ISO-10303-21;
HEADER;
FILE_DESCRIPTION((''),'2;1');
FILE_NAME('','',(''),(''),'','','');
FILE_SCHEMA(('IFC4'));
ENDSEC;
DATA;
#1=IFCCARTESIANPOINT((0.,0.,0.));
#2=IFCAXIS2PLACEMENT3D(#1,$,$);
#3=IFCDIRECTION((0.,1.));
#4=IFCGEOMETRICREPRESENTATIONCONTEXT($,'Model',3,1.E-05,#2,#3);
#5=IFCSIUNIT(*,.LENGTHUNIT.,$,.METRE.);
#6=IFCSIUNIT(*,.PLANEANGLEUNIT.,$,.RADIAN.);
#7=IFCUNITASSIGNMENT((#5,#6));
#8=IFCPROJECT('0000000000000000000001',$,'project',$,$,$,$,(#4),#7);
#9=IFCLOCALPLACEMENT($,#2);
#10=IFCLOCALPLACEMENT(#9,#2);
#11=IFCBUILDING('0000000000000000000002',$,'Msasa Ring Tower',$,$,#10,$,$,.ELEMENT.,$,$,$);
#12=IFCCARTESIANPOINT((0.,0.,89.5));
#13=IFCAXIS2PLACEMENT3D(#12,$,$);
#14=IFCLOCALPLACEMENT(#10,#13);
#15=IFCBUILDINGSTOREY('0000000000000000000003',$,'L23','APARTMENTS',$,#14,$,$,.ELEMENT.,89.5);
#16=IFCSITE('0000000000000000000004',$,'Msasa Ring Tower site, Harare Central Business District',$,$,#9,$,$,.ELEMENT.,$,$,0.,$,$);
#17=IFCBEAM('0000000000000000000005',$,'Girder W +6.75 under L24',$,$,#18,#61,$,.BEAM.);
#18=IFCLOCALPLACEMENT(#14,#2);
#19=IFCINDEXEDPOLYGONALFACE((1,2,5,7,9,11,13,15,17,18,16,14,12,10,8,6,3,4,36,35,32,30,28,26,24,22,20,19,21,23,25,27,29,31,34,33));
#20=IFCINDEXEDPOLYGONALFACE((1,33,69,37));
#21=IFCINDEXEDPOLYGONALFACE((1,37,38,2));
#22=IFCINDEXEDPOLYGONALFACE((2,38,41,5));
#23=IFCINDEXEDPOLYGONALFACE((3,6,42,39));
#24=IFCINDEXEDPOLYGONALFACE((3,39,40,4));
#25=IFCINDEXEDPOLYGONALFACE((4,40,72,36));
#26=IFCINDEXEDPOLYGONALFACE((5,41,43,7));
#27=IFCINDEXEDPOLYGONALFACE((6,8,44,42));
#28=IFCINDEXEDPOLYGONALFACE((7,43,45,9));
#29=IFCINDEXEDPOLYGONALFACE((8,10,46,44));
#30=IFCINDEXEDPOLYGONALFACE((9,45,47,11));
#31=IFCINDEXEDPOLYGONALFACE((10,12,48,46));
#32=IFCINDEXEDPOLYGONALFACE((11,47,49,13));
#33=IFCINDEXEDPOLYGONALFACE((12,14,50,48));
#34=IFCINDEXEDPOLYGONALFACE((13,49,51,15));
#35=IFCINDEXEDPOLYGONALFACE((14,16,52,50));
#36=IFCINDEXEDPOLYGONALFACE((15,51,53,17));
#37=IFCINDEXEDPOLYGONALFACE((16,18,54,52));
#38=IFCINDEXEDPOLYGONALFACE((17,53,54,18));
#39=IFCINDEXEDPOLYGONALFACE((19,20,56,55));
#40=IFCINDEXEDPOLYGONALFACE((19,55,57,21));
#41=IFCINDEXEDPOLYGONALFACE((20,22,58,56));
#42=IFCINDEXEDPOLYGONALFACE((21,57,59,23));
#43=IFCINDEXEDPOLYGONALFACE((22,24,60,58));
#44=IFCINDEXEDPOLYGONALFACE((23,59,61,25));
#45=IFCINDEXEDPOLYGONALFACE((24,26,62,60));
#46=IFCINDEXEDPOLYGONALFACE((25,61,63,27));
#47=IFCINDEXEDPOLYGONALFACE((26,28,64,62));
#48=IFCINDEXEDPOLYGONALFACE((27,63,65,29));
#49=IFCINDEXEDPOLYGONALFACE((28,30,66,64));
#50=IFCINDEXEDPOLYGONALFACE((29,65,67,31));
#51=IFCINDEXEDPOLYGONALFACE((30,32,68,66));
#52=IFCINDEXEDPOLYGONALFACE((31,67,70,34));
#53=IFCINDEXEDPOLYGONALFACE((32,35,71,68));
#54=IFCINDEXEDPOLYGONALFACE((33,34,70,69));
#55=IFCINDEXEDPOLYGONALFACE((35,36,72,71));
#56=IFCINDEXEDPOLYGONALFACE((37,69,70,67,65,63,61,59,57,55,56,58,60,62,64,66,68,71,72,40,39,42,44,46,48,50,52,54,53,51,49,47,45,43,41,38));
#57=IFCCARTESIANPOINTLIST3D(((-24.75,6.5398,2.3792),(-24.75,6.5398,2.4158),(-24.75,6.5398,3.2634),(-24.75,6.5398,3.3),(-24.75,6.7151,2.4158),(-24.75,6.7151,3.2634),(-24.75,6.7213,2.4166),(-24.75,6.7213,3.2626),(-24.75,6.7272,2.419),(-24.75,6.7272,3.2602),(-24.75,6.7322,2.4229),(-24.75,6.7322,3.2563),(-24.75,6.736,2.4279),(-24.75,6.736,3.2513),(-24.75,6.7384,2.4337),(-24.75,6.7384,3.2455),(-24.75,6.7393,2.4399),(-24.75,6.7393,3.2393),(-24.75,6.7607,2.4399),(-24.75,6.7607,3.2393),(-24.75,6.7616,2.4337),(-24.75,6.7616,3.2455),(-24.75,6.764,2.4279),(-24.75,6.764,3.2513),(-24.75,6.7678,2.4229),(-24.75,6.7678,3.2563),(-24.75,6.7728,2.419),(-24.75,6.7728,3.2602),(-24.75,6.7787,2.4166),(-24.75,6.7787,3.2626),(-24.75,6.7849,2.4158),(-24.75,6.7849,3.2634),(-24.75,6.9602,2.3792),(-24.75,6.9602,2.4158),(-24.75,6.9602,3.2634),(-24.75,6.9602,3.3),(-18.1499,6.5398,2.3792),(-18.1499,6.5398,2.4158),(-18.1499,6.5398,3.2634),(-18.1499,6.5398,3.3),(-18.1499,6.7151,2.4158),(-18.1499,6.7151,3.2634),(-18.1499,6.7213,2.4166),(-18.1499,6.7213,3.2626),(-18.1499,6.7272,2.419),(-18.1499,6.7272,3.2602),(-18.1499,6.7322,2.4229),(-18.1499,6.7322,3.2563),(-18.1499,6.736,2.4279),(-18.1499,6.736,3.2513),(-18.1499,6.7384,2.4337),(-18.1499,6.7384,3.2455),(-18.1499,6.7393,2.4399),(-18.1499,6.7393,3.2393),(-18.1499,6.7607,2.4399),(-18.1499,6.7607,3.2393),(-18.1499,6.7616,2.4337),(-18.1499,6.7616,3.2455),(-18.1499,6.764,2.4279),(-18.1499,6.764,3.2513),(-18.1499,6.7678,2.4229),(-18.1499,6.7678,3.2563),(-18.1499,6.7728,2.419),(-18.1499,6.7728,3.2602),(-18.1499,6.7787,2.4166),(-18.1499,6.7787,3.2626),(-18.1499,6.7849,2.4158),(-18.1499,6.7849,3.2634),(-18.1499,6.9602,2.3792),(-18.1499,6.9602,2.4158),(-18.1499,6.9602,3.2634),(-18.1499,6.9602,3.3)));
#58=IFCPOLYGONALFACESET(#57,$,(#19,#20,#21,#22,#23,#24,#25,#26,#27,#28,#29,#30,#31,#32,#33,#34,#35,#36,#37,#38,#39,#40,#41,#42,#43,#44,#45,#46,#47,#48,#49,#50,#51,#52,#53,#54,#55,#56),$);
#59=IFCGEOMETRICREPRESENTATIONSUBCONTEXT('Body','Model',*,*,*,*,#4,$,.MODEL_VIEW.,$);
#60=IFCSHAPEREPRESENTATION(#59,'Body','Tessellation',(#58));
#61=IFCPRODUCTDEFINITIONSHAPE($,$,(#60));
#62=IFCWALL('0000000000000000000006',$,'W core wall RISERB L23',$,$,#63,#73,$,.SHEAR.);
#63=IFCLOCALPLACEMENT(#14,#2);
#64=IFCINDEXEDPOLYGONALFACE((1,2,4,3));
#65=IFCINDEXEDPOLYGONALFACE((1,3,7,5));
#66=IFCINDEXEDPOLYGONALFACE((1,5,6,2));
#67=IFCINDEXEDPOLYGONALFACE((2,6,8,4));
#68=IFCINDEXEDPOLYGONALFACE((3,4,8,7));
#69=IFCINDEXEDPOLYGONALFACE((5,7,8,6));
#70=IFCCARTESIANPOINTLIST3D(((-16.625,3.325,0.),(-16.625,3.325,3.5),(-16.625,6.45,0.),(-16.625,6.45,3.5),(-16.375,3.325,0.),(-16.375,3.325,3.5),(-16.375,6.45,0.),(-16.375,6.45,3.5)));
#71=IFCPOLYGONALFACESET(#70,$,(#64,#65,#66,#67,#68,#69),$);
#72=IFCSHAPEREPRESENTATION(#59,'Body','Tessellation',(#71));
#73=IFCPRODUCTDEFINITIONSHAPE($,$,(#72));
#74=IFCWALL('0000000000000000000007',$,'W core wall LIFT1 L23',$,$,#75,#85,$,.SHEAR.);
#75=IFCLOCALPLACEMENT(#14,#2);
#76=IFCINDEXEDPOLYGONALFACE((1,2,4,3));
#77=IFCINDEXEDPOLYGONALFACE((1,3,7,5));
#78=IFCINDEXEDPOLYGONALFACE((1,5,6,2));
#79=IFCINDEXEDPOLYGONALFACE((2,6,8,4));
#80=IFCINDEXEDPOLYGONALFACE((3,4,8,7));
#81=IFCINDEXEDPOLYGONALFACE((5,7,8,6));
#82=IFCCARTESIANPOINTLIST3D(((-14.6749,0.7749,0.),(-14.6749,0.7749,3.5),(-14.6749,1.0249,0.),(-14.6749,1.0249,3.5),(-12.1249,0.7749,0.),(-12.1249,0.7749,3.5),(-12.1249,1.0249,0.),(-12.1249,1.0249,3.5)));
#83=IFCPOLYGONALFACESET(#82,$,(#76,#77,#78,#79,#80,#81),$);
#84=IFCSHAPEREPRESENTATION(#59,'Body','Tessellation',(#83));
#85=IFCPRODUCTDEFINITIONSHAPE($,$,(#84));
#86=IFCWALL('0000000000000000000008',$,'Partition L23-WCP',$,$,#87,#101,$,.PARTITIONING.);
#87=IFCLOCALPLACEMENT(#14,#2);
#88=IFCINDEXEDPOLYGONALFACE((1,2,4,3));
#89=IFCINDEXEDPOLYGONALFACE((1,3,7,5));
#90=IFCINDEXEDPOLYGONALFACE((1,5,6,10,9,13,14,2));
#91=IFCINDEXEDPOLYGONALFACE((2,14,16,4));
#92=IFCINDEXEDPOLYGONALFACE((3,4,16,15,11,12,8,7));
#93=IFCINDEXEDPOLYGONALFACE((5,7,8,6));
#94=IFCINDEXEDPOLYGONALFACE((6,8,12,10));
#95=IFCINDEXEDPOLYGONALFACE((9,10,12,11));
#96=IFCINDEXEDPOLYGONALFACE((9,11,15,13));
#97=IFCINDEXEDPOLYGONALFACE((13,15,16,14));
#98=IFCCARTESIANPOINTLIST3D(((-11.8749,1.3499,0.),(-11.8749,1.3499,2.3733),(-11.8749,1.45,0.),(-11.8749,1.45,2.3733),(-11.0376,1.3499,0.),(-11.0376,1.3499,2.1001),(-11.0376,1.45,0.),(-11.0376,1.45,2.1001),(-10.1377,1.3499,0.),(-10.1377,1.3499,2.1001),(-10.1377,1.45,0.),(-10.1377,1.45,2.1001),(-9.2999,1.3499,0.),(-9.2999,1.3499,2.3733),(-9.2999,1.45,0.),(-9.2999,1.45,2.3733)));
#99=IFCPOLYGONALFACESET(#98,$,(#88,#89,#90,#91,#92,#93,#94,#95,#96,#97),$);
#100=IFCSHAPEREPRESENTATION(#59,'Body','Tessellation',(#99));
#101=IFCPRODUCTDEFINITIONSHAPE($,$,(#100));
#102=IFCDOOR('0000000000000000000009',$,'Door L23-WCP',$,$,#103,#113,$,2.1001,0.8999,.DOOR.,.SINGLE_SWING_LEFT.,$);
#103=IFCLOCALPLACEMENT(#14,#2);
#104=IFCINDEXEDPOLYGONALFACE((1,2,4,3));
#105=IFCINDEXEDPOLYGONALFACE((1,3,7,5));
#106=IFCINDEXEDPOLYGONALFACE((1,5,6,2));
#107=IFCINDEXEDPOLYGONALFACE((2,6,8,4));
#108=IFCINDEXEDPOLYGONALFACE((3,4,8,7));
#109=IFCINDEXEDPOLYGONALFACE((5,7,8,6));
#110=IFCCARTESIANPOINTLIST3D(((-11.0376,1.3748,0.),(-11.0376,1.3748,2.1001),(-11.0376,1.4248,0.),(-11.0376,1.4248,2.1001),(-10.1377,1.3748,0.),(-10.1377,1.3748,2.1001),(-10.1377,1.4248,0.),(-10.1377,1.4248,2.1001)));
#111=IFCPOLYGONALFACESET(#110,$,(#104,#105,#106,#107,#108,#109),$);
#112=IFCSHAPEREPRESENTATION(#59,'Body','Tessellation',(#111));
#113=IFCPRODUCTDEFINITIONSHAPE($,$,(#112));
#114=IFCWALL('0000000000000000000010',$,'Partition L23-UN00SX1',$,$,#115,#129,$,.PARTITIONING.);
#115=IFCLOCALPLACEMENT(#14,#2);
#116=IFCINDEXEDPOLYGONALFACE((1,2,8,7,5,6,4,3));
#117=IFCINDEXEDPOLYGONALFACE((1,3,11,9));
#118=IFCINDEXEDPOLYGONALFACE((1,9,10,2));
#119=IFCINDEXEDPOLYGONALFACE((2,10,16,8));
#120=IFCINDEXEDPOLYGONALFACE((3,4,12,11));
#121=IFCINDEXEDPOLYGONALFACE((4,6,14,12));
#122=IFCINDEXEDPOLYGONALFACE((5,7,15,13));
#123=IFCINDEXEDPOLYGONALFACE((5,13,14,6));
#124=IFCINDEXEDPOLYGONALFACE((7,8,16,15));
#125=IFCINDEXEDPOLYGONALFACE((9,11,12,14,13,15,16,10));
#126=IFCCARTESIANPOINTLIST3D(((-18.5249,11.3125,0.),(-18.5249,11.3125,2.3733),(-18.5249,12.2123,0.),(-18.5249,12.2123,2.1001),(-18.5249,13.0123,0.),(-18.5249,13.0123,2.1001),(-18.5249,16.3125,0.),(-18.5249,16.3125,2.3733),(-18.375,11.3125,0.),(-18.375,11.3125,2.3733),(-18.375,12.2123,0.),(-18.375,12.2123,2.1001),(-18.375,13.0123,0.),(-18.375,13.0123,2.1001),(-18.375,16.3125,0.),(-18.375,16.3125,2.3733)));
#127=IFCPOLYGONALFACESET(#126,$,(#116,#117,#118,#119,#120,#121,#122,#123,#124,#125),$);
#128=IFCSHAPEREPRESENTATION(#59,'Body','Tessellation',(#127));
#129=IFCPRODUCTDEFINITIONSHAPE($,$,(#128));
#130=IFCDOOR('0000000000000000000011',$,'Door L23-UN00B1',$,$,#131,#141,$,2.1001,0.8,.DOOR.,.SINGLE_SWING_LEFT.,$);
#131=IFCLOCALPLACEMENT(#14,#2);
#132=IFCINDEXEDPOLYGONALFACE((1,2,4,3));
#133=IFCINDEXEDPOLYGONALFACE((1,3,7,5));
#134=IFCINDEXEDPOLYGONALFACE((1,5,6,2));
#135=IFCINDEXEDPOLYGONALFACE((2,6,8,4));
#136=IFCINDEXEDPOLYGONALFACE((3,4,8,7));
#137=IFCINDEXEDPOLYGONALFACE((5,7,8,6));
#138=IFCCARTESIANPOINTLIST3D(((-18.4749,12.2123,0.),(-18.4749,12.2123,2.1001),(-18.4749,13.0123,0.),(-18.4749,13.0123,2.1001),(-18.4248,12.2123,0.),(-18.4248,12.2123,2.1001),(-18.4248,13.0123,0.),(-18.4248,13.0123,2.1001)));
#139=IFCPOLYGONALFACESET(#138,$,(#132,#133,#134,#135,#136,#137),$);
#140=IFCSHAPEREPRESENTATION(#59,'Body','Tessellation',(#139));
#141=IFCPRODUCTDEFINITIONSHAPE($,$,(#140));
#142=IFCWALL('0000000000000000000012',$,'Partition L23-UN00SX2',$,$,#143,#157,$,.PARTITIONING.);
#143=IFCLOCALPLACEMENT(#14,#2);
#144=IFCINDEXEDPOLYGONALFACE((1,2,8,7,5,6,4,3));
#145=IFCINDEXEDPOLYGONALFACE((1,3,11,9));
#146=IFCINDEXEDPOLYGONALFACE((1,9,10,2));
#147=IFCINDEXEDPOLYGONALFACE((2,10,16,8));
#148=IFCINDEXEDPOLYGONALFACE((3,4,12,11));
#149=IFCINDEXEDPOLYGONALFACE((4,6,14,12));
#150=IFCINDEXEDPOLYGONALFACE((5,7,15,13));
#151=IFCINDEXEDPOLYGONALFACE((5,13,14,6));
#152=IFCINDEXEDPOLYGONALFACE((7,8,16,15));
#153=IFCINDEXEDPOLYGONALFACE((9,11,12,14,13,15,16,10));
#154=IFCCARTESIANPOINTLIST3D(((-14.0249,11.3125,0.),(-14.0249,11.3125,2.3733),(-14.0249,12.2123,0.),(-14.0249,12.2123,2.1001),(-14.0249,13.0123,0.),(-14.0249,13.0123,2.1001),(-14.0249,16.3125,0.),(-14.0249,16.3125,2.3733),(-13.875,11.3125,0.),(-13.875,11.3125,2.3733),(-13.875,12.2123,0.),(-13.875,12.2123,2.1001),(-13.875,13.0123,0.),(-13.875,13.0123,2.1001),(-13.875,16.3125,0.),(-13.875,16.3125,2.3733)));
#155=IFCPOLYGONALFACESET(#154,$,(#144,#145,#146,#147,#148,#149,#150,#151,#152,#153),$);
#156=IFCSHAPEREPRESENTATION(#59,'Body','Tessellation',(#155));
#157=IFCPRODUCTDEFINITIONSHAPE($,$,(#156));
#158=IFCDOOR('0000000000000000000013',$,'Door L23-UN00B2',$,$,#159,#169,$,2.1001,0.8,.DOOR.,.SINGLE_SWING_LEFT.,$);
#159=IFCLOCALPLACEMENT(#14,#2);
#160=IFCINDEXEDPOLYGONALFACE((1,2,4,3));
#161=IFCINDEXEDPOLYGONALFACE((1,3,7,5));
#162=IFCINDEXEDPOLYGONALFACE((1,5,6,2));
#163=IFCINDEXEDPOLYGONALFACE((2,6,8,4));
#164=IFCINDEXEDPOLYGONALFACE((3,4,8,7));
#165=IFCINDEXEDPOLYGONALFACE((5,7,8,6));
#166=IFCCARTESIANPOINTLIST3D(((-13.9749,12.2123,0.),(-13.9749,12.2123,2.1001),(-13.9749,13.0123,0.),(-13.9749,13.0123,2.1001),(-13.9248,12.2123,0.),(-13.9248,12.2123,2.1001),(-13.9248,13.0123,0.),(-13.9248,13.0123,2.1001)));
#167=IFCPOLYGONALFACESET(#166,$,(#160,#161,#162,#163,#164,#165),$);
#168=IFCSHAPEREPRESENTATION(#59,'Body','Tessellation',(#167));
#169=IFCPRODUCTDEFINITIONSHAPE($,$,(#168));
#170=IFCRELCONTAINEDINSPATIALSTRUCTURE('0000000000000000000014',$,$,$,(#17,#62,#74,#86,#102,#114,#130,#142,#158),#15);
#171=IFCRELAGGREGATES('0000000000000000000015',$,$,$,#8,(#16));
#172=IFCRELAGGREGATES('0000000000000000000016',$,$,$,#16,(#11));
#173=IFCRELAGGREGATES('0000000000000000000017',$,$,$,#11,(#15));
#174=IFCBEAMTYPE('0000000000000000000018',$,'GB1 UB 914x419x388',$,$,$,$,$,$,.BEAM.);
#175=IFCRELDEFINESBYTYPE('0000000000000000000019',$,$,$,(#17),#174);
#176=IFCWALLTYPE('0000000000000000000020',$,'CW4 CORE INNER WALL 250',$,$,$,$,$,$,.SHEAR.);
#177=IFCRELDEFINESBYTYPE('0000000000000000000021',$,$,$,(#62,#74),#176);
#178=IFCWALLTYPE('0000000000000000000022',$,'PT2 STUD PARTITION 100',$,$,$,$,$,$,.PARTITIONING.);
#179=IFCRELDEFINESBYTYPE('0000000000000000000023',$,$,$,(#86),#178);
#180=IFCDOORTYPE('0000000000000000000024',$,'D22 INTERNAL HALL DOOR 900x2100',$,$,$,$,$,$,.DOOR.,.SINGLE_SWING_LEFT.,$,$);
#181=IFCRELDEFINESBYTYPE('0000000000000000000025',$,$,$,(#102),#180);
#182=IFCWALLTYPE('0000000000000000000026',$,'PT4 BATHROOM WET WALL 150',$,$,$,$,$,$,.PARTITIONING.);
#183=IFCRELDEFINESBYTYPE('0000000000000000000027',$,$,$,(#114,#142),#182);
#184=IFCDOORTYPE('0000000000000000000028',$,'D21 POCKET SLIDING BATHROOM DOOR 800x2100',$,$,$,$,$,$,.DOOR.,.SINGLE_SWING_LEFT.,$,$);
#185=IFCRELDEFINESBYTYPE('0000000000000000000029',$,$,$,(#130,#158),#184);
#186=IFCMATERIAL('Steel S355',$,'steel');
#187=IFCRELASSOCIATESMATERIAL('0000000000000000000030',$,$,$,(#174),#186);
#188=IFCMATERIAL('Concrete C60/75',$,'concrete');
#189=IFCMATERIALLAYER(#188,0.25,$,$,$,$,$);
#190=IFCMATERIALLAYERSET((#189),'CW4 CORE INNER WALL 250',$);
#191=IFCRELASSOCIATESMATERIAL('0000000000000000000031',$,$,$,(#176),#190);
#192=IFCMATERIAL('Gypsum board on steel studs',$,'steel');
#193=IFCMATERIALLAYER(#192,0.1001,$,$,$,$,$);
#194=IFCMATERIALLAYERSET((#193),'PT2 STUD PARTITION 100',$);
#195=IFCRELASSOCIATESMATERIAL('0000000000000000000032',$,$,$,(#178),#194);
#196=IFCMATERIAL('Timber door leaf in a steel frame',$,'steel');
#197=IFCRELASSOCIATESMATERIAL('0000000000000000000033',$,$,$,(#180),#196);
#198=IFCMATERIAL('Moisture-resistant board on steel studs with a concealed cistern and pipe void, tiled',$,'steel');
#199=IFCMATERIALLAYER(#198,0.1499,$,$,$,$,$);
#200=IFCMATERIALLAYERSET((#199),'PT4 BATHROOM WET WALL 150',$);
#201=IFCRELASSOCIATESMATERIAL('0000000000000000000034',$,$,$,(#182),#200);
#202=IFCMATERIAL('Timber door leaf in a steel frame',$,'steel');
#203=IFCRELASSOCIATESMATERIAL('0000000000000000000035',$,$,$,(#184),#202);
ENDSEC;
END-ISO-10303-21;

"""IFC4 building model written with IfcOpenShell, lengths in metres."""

from ifc_helpers import new_model, si_unit, direction, frame, frame_2d, origin, origin_2d, place, context, subcontext, project, spatial, rectangle, i_section, extrude, material, layer, layer_set, material_profile, profile_set, type_object, element, fill, save


model = new_model("IFC4")

# Units and contexts
model_context = context("Model", 3, precision=1e-05, world=origin(), true_north=direction((0.0, 1.0)))
body_context = subcontext(model_context, "Body", "Model", "MODEL_VIEW")
ifc_project = project(units=[si_unit("LENGTHUNIT", "METRE"), si_unit("PLANEANGLEUNIT", "RADIAN")], contexts=[model_context])

# Site, building, storey
site_placement = place(None, origin())
site = spatial("IfcSite", under=ifc_project, at=site_placement, Name="Msasa Ring Tower site, Harare Central Business District", CompositionType="ELEMENT", RefElevation=0.0)
building_placement = place(site_placement, origin())
building = spatial("IfcBuilding", under=site, at=building_placement, Name="Msasa Ring Tower", CompositionType="ELEMENT")
storey_placement = place(building_placement, frame((0.0, 0.0, 89.5)))
storey = spatial("IfcBuildingStorey", under=building, at=storey_placement, Name="L23", Description="APARTMENTS", CompositionType="ELEMENT", Elevation=89.5)

# Beam
ifc_material_1 = material(Name="Steel S355", Category="steel")
ifc_material_profile = material_profile(ifc_material_1, i_section(OverallWidth=0.4204, OverallDepth=0.9209, WebThickness=0.0215, FlangeThickness=0.0366, FilletRadius=0.0242, at=origin_2d()), Name="UB 914x419x388")
ifc_profile_set = profile_set([ifc_material_profile], Name="Steel S355")
beam_type = type_object("IfcBeamType", Name="GB1 UB 914x419x388", PredefinedType="BEAM", material=ifc_profile_set)
beam_placement = place(storey_placement, frame((-18.1499, 6.75, 2.8396), z_axis=(-1.0, 0.0, 0.0), x_axis=(0.0, -1.0, 0.0)))
element("IfcBeam", 1, at=beam_placement, inside=storey, type_object=beam_type, Name="Girder W +6.75 under L24", PredefinedType="BEAM", context=body_context, shape_type="SweptSolid", body=[
    extrude(i_section(OverallWidth=0.4204, OverallDepth=0.9209, WebThickness=0.0215, FlangeThickness=0.0366, FilletRadius=0.0242, at=origin_2d()), origin(), (0.0, 0.0, 1.0), 6.6001),
])

# Walls
ifc_material_2 = material(Name="Concrete C60/75", Category="concrete")
ifc_layer_1 = layer(ifc_material_2, 0.25)
ifc_layer_set_1 = layer_set([ifc_layer_1], Name="CW4 CORE INNER WALL 250")
wall_type_1 = type_object("IfcWallType", Name="CW4 CORE INNER WALL 250", PredefinedType="SHEAR", material=ifc_layer_set_1)
wall_1_placement = place(storey_placement, frame((-16.5, 3.325, 0.0), z_axis=(0.0, 0.0, 1.0), x_axis=(0.0, 1.0, 0.0)))
element("IfcWall", 2, at=wall_1_placement, inside=storey, type_object=wall_type_1, Name="W core wall RISERB L23", PredefinedType="SHEAR", context=body_context, shape_type="SweptSolid", body=[
    extrude(rectangle(XDim=3.125, YDim=0.25, at=frame_2d((1.5625, 0.0))), origin(), (0.0, 0.0, 1.0), 3.5),
])
wall_2_placement = place(storey_placement, frame((-12.125, 0.8999, 0.0), z_axis=(0.0, 0.0, 1.0), x_axis=(-1.0, 0.0, 0.0)))
element("IfcWall", 3, at=wall_2_placement, inside=storey, type_object=wall_type_1, Name="W core wall LIFT1 L23", PredefinedType="SHEAR", context=body_context, shape_type="SweptSolid", body=[
    extrude(rectangle(XDim=2.55, YDim=0.25, at=frame_2d((1.2749, 0.0))), origin(), (0.0, 0.0, 1.0), 3.5),
])

# Walls, openings, doors
ifc_material_3 = material(Name="Gypsum board on steel studs", Category="steel")
ifc_layer_2 = layer(ifc_material_3, 0.1001)
ifc_layer_set_2 = layer_set([ifc_layer_2], Name="PT2 STUD PARTITION 100")
wall_type_2 = type_object("IfcWallType", Name="PT2 STUD PARTITION 100", PredefinedType="PARTITIONING", material=ifc_layer_set_2)
wall_3_placement = place(storey_placement, frame((-11.875, 1.3999, 0.0), z_axis=(0.0, 0.0, 1.0), x_axis=(1.0, 0.0, 0.0)))
wall_3 = element("IfcWall", 4, at=wall_3_placement, inside=storey, type_object=wall_type_2, Name="Partition L23-WCP", PredefinedType="PARTITIONING", context=body_context, shape_type="SweptSolid", body=[
    extrude(rectangle(XDim=2.575, YDim=0.1001, at=frame_2d((1.2876, 0.0))), origin(), (0.0, 0.0, 1.0), 2.3733),
])
opening_1_placement = place(wall_3_placement, frame((0.8374, 0.0, 0.0)))
opening_1 = element("IfcOpeningElement", 5, at=opening_1_placement, cuts=wall_3, PredefinedType="OPENING", context=body_context, shape_type="SweptSolid", body=[
    extrude(rectangle(XDim=0.8999, YDim=2.1001, at=frame_2d((0.45, 1.05))), frame((0.0, 0.0601, 0.0), z_axis=(0.0, -1.0, 0.0), x_axis=(1.0, 0.0, 0.0)), (0.0, 0.0, 1.0), 0.1201),
])
ifc_material_4 = material(Name="Timber door leaf in a steel frame", Category="steel")
door_type_1 = type_object("IfcDoorType", Name="D22 INTERNAL HALL DOOR 900x2100", OperationType="SINGLE_SWING_LEFT", PredefinedType="DOOR", material=ifc_material_4)
door_1_placement = place(opening_1_placement, origin())
door_1 = element("IfcDoor", 6, at=door_1_placement, inside=storey, type_object=door_type_1, Name="Door L23-WCP", OperationType="SINGLE_SWING_LEFT", OverallHeight=2.1001, OverallWidth=0.8999, PredefinedType="DOOR", context=body_context, shape_type="SweptSolid", body=[
    extrude(rectangle(XDim=0.8999, YDim=2.1001, at=frame_2d((0.45, 1.05))), frame((0.0, 0.0249, 0.0), z_axis=(0.0, -1.0, 0.0), x_axis=(1.0, 0.0, 0.0)), (0.0, 0.0, 1.0), 0.05),
])
fill(opening_1, door_1)
ifc_material_5 = material(Name="Moisture-resistant board on steel studs with a concealed cistern and pipe void, tiled", Category="steel")
ifc_layer_3 = layer(ifc_material_5, 0.1499)
ifc_layer_set_3 = layer_set([ifc_layer_3], Name="PT4 BATHROOM WET WALL 150")
wall_type_3 = type_object("IfcWallType", Name="PT4 BATHROOM WET WALL 150", PredefinedType="PARTITIONING", material=ifc_layer_set_3)
wall_4_placement = place(storey_placement, frame((-18.45, 11.3125, 0.0), z_axis=(0.0, 0.0, 1.0), x_axis=(0.0, 1.0, 0.0)))
wall_4 = element("IfcWall", 7, at=wall_4_placement, inside=storey, type_object=wall_type_3, Name="Partition L23-UN00SX1", PredefinedType="PARTITIONING", context=body_context, shape_type="SweptSolid", body=[
    extrude(rectangle(XDim=5.0, YDim=0.1499, at=frame_2d((2.5, 0.0))), origin(), (0.0, 0.0, 1.0), 2.3733),
])
opening_2_placement = place(wall_4_placement, frame((0.8999, 0.0, 0.0)))
opening_2 = element("IfcOpeningElement", 8, at=opening_2_placement, cuts=wall_4, PredefinedType="OPENING", context=body_context, shape_type="SweptSolid", body=[
    extrude(rectangle(XDim=0.8, YDim=2.1001, at=frame_2d((0.3999, 1.05))), frame((0.0, 0.085, 0.0), z_axis=(0.0, -1.0, 0.0), x_axis=(1.0, 0.0, 0.0)), (0.0, 0.0, 1.0), 0.1699),
])
ifc_material_6 = material(Name="Timber door leaf in a steel frame", Category="steel")
door_type_2 = type_object("IfcDoorType", Name="D21 POCKET SLIDING BATHROOM DOOR 800x2100", OperationType="SINGLE_SWING_LEFT", PredefinedType="DOOR", material=ifc_material_6)
door_2_placement = place(opening_2_placement, origin())
door_2 = element("IfcDoor", 9, at=door_2_placement, inside=storey, type_object=door_type_2, Name="Door L23-UN00B1", OperationType="SINGLE_SWING_LEFT", OverallHeight=2.1001, OverallWidth=0.8, PredefinedType="DOOR", context=body_context, shape_type="SweptSolid", body=[
    extrude(rectangle(XDim=0.8, YDim=2.1001, at=frame_2d((0.3999, 1.05))), frame((0.0, 0.0249, 0.0), z_axis=(0.0, -1.0, 0.0), x_axis=(1.0, 0.0, 0.0)), (0.0, 0.0, 1.0), 0.05),
])
fill(opening_2, door_2)
wall_5_placement = place(storey_placement, frame((-13.95, 11.3125, 0.0), z_axis=(0.0, 0.0, 1.0), x_axis=(0.0, 1.0, 0.0)))
wall_5 = element("IfcWall", 10, at=wall_5_placement, inside=storey, type_object=wall_type_3, Name="Partition L23-UN00SX2", PredefinedType="PARTITIONING", context=body_context, shape_type="SweptSolid", body=[
    extrude(rectangle(XDim=5.0, YDim=0.1499, at=frame_2d((2.5, 0.0))), origin(), (0.0, 0.0, 1.0), 2.3733),
])
opening_3_placement = place(wall_5_placement, frame((0.8999, 0.0, 0.0)))
opening_3 = element("IfcOpeningElement", 11, at=opening_3_placement, cuts=wall_5, PredefinedType="OPENING", context=body_context, shape_type="SweptSolid", body=[
    extrude(rectangle(XDim=0.8, YDim=2.1001, at=frame_2d((0.3999, 1.05))), frame((0.0, 0.085, 0.0), z_axis=(0.0, -1.0, 0.0), x_axis=(1.0, 0.0, 0.0)), (0.0, 0.0, 1.0), 0.1699),
])
door_3_placement = place(opening_3_placement, origin())
door_3 = element("IfcDoor", 12, at=door_3_placement, inside=storey, type_object=door_type_2, Name="Door L23-UN00B2", OperationType="SINGLE_SWING_LEFT", OverallHeight=2.1001, OverallWidth=0.8, PredefinedType="DOOR", context=body_context, shape_type="SweptSolid", body=[
    extrude(rectangle(XDim=0.8, YDim=2.1001, at=frame_2d((0.3999, 1.05))), frame((0.0, 0.0249, 0.0), z_axis=(0.0, -1.0, 0.0), x_axis=(1.0, 0.0, 0.0)), (0.0, 0.0, 1.0), 0.05),
])
fill(opening_3, door_3)

save(model, "model.ifc")
